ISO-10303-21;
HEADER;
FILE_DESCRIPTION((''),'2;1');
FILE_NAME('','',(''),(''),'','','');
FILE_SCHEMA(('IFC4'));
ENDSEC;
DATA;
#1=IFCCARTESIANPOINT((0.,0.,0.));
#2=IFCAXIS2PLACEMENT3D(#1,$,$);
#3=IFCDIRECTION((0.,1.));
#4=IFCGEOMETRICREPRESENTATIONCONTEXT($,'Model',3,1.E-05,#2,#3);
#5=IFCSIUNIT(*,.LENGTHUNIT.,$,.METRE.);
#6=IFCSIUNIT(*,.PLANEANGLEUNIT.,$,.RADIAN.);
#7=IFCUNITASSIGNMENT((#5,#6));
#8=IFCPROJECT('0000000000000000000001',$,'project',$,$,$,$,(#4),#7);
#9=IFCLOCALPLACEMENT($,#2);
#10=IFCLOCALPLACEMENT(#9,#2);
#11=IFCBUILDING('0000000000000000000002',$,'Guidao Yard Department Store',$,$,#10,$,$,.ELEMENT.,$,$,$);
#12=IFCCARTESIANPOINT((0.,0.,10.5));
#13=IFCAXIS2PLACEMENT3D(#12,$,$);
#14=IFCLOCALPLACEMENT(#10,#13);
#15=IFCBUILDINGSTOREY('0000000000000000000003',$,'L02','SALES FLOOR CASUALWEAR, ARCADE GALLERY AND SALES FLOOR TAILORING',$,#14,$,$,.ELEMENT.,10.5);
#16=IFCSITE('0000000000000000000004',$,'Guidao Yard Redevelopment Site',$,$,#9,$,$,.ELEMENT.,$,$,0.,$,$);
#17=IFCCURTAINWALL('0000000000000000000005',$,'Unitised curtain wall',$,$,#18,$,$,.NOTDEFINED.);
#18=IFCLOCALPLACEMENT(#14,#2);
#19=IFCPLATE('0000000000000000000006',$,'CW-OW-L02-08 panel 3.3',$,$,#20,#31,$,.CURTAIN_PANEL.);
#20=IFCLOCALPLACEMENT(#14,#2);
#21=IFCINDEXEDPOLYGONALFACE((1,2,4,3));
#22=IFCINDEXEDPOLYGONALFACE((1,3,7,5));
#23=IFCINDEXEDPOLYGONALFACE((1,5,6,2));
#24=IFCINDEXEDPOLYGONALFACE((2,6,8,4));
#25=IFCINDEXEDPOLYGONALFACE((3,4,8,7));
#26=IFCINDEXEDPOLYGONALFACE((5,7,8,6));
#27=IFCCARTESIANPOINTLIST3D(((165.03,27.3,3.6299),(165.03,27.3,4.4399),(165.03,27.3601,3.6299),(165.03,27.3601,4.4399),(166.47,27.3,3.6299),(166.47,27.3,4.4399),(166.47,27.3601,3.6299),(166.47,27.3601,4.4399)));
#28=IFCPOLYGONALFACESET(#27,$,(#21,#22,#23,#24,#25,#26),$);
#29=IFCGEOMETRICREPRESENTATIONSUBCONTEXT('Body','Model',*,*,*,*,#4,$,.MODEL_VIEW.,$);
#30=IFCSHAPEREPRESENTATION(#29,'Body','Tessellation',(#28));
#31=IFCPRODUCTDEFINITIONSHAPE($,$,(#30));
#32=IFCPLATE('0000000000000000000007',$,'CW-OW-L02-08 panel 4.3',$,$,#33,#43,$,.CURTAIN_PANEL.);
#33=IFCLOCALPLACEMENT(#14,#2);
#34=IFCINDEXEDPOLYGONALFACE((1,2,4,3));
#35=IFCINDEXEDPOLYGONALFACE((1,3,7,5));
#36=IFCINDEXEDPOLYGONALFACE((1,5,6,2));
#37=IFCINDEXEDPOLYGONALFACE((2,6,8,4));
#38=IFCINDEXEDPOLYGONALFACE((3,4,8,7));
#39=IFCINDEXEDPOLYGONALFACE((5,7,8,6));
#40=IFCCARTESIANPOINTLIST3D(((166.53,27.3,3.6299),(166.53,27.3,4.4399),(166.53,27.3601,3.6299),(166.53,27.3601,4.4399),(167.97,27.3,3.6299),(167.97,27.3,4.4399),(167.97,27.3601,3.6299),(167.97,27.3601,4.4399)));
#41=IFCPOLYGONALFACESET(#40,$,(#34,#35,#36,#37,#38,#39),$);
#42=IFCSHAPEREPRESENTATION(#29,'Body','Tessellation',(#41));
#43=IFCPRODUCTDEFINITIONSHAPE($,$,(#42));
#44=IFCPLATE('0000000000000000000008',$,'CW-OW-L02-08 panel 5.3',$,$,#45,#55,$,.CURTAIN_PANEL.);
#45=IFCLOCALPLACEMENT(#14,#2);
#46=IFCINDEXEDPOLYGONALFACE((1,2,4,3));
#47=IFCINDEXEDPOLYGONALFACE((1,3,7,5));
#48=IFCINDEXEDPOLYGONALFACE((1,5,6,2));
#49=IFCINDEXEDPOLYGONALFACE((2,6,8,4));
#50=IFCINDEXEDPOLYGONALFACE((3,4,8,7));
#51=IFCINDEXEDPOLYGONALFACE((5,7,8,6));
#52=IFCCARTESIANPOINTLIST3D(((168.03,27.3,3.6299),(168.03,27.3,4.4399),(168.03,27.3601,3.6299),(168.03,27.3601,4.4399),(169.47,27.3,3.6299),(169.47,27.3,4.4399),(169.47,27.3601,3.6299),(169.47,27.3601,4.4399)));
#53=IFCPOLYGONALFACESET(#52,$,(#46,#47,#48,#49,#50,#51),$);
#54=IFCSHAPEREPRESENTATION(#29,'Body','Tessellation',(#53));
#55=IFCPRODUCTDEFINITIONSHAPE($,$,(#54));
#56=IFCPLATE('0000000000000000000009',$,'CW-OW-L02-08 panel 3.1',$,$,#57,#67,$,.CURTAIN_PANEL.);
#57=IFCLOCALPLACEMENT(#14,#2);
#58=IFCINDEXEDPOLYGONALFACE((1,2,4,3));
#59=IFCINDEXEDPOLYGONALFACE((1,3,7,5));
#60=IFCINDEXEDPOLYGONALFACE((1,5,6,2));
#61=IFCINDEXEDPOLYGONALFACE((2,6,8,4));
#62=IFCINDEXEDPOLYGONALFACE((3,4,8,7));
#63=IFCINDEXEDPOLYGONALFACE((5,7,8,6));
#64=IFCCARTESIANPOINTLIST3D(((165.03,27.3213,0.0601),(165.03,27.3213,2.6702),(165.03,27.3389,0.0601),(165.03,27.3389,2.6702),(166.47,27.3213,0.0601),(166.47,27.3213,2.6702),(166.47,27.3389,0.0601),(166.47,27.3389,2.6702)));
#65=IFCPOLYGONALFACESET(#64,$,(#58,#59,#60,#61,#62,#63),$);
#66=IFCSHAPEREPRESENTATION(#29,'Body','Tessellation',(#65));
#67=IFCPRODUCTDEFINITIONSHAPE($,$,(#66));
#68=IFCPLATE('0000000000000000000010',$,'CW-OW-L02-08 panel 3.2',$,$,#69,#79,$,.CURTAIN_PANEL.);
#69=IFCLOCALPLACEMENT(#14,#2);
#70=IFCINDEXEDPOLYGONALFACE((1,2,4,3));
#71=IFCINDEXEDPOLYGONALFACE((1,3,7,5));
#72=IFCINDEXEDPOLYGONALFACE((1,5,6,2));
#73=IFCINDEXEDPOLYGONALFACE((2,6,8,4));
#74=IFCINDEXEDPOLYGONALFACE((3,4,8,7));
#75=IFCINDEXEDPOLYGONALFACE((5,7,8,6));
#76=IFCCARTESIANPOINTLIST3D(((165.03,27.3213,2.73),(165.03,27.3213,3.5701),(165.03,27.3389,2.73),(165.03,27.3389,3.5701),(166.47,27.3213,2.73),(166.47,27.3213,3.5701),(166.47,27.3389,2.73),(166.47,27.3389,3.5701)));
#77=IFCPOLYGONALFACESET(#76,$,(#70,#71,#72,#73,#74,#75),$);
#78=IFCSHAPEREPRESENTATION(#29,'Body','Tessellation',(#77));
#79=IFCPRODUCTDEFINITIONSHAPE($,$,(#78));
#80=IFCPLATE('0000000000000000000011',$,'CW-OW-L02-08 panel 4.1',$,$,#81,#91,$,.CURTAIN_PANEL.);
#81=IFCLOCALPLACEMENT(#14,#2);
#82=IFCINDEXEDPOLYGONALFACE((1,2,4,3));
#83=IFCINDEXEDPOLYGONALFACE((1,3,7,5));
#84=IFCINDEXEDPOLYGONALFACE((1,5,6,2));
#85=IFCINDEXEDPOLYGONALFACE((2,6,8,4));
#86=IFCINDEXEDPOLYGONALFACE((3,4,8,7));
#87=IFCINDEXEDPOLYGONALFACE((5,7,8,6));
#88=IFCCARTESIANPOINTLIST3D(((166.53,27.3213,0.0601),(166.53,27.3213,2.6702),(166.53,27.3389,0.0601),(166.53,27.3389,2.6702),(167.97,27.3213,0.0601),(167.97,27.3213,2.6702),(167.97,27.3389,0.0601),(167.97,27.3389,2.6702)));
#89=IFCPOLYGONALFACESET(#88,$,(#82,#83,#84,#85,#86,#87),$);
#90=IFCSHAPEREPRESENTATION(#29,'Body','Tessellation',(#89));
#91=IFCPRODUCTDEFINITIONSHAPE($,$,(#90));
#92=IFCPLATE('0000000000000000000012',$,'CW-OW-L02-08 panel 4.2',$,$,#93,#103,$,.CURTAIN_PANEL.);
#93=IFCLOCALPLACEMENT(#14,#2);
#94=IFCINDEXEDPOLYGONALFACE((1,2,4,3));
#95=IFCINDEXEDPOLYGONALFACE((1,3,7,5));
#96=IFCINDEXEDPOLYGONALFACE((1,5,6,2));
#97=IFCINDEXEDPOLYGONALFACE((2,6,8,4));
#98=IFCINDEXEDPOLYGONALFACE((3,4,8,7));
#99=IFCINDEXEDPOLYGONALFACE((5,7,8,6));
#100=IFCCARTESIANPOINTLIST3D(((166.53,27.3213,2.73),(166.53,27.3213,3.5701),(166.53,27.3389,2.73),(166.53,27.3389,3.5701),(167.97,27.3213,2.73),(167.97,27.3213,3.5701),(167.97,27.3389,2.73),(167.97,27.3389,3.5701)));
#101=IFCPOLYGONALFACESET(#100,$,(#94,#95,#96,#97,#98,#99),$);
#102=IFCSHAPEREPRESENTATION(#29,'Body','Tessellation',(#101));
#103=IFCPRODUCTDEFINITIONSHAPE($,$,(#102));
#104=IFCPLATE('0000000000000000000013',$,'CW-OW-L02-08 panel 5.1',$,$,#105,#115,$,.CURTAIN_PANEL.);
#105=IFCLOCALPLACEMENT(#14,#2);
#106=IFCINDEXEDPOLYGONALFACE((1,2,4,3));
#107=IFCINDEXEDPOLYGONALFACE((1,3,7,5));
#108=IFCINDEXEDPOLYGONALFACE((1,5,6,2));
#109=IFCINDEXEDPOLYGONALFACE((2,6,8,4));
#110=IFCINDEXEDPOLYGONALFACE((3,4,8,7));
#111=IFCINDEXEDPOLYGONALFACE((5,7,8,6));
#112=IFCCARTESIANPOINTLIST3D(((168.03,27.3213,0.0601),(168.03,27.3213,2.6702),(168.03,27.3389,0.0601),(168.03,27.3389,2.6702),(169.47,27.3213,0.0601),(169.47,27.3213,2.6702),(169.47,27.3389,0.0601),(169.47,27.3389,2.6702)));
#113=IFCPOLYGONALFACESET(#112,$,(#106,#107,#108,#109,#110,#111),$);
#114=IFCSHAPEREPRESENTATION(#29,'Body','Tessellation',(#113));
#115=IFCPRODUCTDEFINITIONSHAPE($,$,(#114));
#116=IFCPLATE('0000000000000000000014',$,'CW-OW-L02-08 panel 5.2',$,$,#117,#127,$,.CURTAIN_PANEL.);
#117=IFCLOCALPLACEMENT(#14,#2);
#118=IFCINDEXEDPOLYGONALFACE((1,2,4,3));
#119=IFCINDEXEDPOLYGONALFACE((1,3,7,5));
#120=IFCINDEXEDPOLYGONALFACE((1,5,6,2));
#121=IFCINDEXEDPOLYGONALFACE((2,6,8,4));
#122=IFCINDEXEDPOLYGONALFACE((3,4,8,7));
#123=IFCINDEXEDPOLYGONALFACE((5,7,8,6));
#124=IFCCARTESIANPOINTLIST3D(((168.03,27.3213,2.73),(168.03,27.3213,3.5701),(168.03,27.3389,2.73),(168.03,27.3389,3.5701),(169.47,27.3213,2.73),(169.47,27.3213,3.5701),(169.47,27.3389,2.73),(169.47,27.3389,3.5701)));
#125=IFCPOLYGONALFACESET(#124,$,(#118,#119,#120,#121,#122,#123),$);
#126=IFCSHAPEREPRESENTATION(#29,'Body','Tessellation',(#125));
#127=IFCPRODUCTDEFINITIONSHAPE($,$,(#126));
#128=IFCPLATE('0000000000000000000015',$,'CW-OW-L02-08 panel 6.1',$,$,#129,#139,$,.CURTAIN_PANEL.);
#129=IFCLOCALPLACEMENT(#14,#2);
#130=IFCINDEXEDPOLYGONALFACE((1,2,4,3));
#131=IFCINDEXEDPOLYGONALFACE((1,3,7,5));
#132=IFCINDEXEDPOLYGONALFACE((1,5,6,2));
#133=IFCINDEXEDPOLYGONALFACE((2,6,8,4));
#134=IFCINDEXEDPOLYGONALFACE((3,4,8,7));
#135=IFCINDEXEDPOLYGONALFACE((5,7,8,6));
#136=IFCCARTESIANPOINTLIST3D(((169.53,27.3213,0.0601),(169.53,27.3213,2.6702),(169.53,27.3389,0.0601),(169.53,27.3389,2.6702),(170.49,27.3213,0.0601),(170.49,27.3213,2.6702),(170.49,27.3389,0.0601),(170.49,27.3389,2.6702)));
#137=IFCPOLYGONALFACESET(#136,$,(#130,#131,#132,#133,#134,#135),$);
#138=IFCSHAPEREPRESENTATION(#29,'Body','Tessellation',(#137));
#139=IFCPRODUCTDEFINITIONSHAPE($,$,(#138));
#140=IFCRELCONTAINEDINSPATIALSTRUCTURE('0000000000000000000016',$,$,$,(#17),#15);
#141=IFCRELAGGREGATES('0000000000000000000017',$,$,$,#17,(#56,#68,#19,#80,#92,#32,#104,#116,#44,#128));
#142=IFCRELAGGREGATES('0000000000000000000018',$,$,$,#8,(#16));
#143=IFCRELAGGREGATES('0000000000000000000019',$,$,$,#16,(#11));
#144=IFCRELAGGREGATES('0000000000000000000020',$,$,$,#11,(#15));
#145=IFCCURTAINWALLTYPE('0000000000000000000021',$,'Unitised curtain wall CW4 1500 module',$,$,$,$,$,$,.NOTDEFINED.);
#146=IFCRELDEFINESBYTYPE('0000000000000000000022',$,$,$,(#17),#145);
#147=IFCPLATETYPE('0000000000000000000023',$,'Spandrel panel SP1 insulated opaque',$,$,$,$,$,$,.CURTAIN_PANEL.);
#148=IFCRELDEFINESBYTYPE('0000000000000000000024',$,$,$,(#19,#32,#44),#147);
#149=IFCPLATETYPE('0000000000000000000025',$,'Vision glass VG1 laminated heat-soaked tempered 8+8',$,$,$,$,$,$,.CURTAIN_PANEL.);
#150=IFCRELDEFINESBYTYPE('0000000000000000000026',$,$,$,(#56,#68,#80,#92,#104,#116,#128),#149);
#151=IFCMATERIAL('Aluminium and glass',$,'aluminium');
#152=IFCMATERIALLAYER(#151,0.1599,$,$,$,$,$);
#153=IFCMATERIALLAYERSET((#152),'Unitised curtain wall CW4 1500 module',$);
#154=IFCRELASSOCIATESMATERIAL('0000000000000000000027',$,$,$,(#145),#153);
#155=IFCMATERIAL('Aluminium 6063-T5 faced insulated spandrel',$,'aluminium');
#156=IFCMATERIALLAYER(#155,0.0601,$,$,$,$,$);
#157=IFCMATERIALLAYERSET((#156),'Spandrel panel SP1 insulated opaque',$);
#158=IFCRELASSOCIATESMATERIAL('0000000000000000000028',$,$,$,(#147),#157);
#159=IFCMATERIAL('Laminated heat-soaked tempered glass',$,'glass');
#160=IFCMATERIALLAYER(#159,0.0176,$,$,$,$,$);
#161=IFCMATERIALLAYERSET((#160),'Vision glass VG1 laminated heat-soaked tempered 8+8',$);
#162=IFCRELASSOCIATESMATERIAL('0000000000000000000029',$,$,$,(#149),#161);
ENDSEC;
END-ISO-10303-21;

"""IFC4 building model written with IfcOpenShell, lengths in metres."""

from ifc_helpers import new_model, si_unit, direction, frame, origin, origin_2d, place, context, subcontext, project, spatial, rectangle, extrude, material, layer, layer_set, type_object, element, aggregate, save


model = new_model("IFC4")

# Units and contexts
model_context = context("Model", 3, precision=1e-05, world=origin(), true_north=direction((0.0, 1.0)))
body_context = subcontext(model_context, "Body", "Model", "MODEL_VIEW")
ifc_project = project(units=[si_unit("LENGTHUNIT", "METRE"), si_unit("PLANEANGLEUNIT", "RADIAN")], contexts=[model_context])

# Site, building, storey
site_placement = place(None, origin())
site = spatial("IfcSite", under=ifc_project, at=site_placement, Name="Guidao Yard Redevelopment Site", CompositionType="ELEMENT", RefElevation=0.0)
building_placement = place(site_placement, origin())
building = spatial("IfcBuilding", under=site, at=building_placement, Name="Guidao Yard Department Store", CompositionType="ELEMENT")
storey_placement = place(building_placement, frame((0.0, 0.0, 10.5)))
storey = spatial("IfcBuildingStorey", under=building, at=storey_placement, Name="L02", Description="SALES FLOOR CASUALWEAR, ARCADE GALLERY AND SALES FLOOR TAILORING", CompositionType="ELEMENT", Elevation=10.5)

# Curtain wall, plates
ifc_material_1 = material(Name="Aluminium and glass", Category="aluminium")
ifc_layer_1 = layer(ifc_material_1, 0.1599)
ifc_layer_set_1 = layer_set([ifc_layer_1], Name="Unitised curtain wall CW4 1500 module")
curtain_wall_type = type_object("IfcCurtainWallType", Name="Unitised curtain wall CW4 1500 module", PredefinedType="NOTDEFINED", material=ifc_layer_set_1)
curtain_wall_placement = place(storey_placement, origin())
curtain_wall = element("IfcCurtainWall", 1, at=curtain_wall_placement, inside=storey, type_object=curtain_wall_type, Name="Unitised curtain wall", PredefinedType="NOTDEFINED")
ifc_material_2 = material(Name="Aluminium 6063-T5 faced insulated spandrel", Category="aluminium")
ifc_layer_2 = layer(ifc_material_2, 0.0601)
ifc_layer_set_2 = layer_set([ifc_layer_2], Name="Spandrel panel SP1 insulated opaque")
plate_type_1 = type_object("IfcPlateType", Name="Spandrel panel SP1 insulated opaque", PredefinedType="CURTAIN_PANEL", material=ifc_layer_set_2)
plate_1_placement = place(storey_placement, frame((165.75, 27.3301, 3.6299), z_axis=(0.0, 0.0, 1.0), x_axis=(1.0, 0.0, 0.0)))
plate_1 = element("IfcPlate", 2, at=plate_1_placement, type_object=plate_type_1, Name="CW-OW-L02-08 panel 3.3", PredefinedType="CURTAIN_PANEL", context=body_context, shape_type="SweptSolid", body=[
    extrude(rectangle(XDim=1.4399, YDim=0.0601, at=origin_2d()), origin(), (0.0, 0.0, 1.0), 0.8101),
])
plate_2_placement = place(storey_placement, frame((167.25, 27.3301, 3.6299), z_axis=(0.0, 0.0, 1.0), x_axis=(1.0, 0.0, 0.0)))
plate_2 = element("IfcPlate", 3, at=plate_2_placement, type_object=plate_type_1, Name="CW-OW-L02-08 panel 4.3", PredefinedType="CURTAIN_PANEL", context=body_context, shape_type="SweptSolid", body=[
    extrude(rectangle(XDim=1.4399, YDim=0.0601, at=origin_2d()), origin(), (0.0, 0.0, 1.0), 0.8101),
])
plate_3_placement = place(storey_placement, frame((168.75, 27.3301, 3.6299), z_axis=(0.0, 0.0, 1.0), x_axis=(1.0, 0.0, 0.0)))
plate_3 = element("IfcPlate", 4, at=plate_3_placement, type_object=plate_type_1, Name="CW-OW-L02-08 panel 5.3", PredefinedType="CURTAIN_PANEL", context=body_context, shape_type="SweptSolid", body=[
    extrude(rectangle(XDim=1.4399, YDim=0.0601, at=origin_2d()), origin(), (0.0, 0.0, 1.0), 0.8101),
])
ifc_material_3 = material(Name="Laminated heat-soaked tempered glass", Category="glass")
ifc_layer_3 = layer(ifc_material_3, 0.0176)
ifc_layer_set_3 = layer_set([ifc_layer_3], Name="Vision glass VG1 laminated heat-soaked tempered 8+8")
plate_type_2 = type_object("IfcPlateType", Name="Vision glass VG1 laminated heat-soaked tempered 8+8", PredefinedType="CURTAIN_PANEL", material=ifc_layer_set_3)
plate_4_placement = place(storey_placement, frame((165.75, 27.3301, 0.0601), z_axis=(0.0, 0.0, 1.0), x_axis=(1.0, 0.0, 0.0)))
plate_4 = element("IfcPlate", 5, at=plate_4_placement, type_object=plate_type_2, Name="CW-OW-L02-08 panel 3.1", PredefinedType="CURTAIN_PANEL", context=body_context, shape_type="SweptSolid", body=[
    extrude(rectangle(XDim=1.4399, YDim=0.0176, at=origin_2d()), origin(), (0.0, 0.0, 1.0), 2.6101),
])
plate_5_placement = place(storey_placement, frame((165.75, 27.3301, 2.73), z_axis=(0.0, 0.0, 1.0), x_axis=(1.0, 0.0, 0.0)))
plate_5 = element("IfcPlate", 6, at=plate_5_placement, type_object=plate_type_2, Name="CW-OW-L02-08 panel 3.2", PredefinedType="CURTAIN_PANEL", context=body_context, shape_type="SweptSolid", body=[
    extrude(rectangle(XDim=1.4399, YDim=0.0176, at=origin_2d()), origin(), (0.0, 0.0, 1.0), 0.8401),
])
plate_6_placement = place(storey_placement, frame((167.25, 27.3301, 0.0601), z_axis=(0.0, 0.0, 1.0), x_axis=(1.0, 0.0, 0.0)))
plate_6 = element("IfcPlate", 7, at=plate_6_placement, type_object=plate_type_2, Name="CW-OW-L02-08 panel 4.1", PredefinedType="CURTAIN_PANEL", context=body_context, shape_type="SweptSolid", body=[
    extrude(rectangle(XDim=1.4399, YDim=0.0176, at=origin_2d()), origin(), (0.0, 0.0, 1.0), 2.6101),
])
plate_7_placement = place(storey_placement, frame((167.25, 27.3301, 2.73), z_axis=(0.0, 0.0, 1.0), x_axis=(1.0, 0.0, 0.0)))
plate_7 = element("IfcPlate", 8, at=plate_7_placement, type_object=plate_type_2, Name="CW-OW-L02-08 panel 4.2", PredefinedType="CURTAIN_PANEL", context=body_context, shape_type="SweptSolid", body=[
    extrude(rectangle(XDim=1.4399, YDim=0.0176, at=origin_2d()), origin(), (0.0, 0.0, 1.0), 0.8401),
])
plate_8_placement = place(storey_placement, frame((168.75, 27.3301, 0.0601), z_axis=(0.0, 0.0, 1.0), x_axis=(1.0, 0.0, 0.0)))
plate_8 = element("IfcPlate", 9, at=plate_8_placement, type_object=plate_type_2, Name="CW-OW-L02-08 panel 5.1", PredefinedType="CURTAIN_PANEL", context=body_context, shape_type="SweptSolid", body=[
    extrude(rectangle(XDim=1.4399, YDim=0.0176, at=origin_2d()), origin(), (0.0, 0.0, 1.0), 2.6101),
])
plate_9_placement = place(storey_placement, frame((168.75, 27.3301, 2.73), z_axis=(0.0, 0.0, 1.0), x_axis=(1.0, 0.0, 0.0)))
plate_9 = element("IfcPlate", 10, at=plate_9_placement, type_object=plate_type_2, Name="CW-OW-L02-08 panel 5.2", PredefinedType="CURTAIN_PANEL", context=body_context, shape_type="SweptSolid", body=[
    extrude(rectangle(XDim=1.4399, YDim=0.0176, at=origin_2d()), origin(), (0.0, 0.0, 1.0), 0.8401),
])
plate_10_placement = place(storey_placement, frame((170.01, 27.3301, 0.0601), z_axis=(0.0, 0.0, 1.0), x_axis=(1.0, 0.0, 0.0)))
plate_10 = element("IfcPlate", 11, at=plate_10_placement, type_object=plate_type_2, Name="CW-OW-L02-08 panel 6.1", PredefinedType="CURTAIN_PANEL", context=body_context, shape_type="SweptSolid", body=[
    extrude(rectangle(XDim=0.96, YDim=0.0176, at=origin_2d()), origin(), (0.0, 0.0, 1.0), 2.6101),
])
aggregate(curtain_wall, [plate_4, plate_5, plate_1, plate_6, plate_7, plate_2, plate_8, plate_9, plate_3, plate_10])

save(model, "model.ifc")
